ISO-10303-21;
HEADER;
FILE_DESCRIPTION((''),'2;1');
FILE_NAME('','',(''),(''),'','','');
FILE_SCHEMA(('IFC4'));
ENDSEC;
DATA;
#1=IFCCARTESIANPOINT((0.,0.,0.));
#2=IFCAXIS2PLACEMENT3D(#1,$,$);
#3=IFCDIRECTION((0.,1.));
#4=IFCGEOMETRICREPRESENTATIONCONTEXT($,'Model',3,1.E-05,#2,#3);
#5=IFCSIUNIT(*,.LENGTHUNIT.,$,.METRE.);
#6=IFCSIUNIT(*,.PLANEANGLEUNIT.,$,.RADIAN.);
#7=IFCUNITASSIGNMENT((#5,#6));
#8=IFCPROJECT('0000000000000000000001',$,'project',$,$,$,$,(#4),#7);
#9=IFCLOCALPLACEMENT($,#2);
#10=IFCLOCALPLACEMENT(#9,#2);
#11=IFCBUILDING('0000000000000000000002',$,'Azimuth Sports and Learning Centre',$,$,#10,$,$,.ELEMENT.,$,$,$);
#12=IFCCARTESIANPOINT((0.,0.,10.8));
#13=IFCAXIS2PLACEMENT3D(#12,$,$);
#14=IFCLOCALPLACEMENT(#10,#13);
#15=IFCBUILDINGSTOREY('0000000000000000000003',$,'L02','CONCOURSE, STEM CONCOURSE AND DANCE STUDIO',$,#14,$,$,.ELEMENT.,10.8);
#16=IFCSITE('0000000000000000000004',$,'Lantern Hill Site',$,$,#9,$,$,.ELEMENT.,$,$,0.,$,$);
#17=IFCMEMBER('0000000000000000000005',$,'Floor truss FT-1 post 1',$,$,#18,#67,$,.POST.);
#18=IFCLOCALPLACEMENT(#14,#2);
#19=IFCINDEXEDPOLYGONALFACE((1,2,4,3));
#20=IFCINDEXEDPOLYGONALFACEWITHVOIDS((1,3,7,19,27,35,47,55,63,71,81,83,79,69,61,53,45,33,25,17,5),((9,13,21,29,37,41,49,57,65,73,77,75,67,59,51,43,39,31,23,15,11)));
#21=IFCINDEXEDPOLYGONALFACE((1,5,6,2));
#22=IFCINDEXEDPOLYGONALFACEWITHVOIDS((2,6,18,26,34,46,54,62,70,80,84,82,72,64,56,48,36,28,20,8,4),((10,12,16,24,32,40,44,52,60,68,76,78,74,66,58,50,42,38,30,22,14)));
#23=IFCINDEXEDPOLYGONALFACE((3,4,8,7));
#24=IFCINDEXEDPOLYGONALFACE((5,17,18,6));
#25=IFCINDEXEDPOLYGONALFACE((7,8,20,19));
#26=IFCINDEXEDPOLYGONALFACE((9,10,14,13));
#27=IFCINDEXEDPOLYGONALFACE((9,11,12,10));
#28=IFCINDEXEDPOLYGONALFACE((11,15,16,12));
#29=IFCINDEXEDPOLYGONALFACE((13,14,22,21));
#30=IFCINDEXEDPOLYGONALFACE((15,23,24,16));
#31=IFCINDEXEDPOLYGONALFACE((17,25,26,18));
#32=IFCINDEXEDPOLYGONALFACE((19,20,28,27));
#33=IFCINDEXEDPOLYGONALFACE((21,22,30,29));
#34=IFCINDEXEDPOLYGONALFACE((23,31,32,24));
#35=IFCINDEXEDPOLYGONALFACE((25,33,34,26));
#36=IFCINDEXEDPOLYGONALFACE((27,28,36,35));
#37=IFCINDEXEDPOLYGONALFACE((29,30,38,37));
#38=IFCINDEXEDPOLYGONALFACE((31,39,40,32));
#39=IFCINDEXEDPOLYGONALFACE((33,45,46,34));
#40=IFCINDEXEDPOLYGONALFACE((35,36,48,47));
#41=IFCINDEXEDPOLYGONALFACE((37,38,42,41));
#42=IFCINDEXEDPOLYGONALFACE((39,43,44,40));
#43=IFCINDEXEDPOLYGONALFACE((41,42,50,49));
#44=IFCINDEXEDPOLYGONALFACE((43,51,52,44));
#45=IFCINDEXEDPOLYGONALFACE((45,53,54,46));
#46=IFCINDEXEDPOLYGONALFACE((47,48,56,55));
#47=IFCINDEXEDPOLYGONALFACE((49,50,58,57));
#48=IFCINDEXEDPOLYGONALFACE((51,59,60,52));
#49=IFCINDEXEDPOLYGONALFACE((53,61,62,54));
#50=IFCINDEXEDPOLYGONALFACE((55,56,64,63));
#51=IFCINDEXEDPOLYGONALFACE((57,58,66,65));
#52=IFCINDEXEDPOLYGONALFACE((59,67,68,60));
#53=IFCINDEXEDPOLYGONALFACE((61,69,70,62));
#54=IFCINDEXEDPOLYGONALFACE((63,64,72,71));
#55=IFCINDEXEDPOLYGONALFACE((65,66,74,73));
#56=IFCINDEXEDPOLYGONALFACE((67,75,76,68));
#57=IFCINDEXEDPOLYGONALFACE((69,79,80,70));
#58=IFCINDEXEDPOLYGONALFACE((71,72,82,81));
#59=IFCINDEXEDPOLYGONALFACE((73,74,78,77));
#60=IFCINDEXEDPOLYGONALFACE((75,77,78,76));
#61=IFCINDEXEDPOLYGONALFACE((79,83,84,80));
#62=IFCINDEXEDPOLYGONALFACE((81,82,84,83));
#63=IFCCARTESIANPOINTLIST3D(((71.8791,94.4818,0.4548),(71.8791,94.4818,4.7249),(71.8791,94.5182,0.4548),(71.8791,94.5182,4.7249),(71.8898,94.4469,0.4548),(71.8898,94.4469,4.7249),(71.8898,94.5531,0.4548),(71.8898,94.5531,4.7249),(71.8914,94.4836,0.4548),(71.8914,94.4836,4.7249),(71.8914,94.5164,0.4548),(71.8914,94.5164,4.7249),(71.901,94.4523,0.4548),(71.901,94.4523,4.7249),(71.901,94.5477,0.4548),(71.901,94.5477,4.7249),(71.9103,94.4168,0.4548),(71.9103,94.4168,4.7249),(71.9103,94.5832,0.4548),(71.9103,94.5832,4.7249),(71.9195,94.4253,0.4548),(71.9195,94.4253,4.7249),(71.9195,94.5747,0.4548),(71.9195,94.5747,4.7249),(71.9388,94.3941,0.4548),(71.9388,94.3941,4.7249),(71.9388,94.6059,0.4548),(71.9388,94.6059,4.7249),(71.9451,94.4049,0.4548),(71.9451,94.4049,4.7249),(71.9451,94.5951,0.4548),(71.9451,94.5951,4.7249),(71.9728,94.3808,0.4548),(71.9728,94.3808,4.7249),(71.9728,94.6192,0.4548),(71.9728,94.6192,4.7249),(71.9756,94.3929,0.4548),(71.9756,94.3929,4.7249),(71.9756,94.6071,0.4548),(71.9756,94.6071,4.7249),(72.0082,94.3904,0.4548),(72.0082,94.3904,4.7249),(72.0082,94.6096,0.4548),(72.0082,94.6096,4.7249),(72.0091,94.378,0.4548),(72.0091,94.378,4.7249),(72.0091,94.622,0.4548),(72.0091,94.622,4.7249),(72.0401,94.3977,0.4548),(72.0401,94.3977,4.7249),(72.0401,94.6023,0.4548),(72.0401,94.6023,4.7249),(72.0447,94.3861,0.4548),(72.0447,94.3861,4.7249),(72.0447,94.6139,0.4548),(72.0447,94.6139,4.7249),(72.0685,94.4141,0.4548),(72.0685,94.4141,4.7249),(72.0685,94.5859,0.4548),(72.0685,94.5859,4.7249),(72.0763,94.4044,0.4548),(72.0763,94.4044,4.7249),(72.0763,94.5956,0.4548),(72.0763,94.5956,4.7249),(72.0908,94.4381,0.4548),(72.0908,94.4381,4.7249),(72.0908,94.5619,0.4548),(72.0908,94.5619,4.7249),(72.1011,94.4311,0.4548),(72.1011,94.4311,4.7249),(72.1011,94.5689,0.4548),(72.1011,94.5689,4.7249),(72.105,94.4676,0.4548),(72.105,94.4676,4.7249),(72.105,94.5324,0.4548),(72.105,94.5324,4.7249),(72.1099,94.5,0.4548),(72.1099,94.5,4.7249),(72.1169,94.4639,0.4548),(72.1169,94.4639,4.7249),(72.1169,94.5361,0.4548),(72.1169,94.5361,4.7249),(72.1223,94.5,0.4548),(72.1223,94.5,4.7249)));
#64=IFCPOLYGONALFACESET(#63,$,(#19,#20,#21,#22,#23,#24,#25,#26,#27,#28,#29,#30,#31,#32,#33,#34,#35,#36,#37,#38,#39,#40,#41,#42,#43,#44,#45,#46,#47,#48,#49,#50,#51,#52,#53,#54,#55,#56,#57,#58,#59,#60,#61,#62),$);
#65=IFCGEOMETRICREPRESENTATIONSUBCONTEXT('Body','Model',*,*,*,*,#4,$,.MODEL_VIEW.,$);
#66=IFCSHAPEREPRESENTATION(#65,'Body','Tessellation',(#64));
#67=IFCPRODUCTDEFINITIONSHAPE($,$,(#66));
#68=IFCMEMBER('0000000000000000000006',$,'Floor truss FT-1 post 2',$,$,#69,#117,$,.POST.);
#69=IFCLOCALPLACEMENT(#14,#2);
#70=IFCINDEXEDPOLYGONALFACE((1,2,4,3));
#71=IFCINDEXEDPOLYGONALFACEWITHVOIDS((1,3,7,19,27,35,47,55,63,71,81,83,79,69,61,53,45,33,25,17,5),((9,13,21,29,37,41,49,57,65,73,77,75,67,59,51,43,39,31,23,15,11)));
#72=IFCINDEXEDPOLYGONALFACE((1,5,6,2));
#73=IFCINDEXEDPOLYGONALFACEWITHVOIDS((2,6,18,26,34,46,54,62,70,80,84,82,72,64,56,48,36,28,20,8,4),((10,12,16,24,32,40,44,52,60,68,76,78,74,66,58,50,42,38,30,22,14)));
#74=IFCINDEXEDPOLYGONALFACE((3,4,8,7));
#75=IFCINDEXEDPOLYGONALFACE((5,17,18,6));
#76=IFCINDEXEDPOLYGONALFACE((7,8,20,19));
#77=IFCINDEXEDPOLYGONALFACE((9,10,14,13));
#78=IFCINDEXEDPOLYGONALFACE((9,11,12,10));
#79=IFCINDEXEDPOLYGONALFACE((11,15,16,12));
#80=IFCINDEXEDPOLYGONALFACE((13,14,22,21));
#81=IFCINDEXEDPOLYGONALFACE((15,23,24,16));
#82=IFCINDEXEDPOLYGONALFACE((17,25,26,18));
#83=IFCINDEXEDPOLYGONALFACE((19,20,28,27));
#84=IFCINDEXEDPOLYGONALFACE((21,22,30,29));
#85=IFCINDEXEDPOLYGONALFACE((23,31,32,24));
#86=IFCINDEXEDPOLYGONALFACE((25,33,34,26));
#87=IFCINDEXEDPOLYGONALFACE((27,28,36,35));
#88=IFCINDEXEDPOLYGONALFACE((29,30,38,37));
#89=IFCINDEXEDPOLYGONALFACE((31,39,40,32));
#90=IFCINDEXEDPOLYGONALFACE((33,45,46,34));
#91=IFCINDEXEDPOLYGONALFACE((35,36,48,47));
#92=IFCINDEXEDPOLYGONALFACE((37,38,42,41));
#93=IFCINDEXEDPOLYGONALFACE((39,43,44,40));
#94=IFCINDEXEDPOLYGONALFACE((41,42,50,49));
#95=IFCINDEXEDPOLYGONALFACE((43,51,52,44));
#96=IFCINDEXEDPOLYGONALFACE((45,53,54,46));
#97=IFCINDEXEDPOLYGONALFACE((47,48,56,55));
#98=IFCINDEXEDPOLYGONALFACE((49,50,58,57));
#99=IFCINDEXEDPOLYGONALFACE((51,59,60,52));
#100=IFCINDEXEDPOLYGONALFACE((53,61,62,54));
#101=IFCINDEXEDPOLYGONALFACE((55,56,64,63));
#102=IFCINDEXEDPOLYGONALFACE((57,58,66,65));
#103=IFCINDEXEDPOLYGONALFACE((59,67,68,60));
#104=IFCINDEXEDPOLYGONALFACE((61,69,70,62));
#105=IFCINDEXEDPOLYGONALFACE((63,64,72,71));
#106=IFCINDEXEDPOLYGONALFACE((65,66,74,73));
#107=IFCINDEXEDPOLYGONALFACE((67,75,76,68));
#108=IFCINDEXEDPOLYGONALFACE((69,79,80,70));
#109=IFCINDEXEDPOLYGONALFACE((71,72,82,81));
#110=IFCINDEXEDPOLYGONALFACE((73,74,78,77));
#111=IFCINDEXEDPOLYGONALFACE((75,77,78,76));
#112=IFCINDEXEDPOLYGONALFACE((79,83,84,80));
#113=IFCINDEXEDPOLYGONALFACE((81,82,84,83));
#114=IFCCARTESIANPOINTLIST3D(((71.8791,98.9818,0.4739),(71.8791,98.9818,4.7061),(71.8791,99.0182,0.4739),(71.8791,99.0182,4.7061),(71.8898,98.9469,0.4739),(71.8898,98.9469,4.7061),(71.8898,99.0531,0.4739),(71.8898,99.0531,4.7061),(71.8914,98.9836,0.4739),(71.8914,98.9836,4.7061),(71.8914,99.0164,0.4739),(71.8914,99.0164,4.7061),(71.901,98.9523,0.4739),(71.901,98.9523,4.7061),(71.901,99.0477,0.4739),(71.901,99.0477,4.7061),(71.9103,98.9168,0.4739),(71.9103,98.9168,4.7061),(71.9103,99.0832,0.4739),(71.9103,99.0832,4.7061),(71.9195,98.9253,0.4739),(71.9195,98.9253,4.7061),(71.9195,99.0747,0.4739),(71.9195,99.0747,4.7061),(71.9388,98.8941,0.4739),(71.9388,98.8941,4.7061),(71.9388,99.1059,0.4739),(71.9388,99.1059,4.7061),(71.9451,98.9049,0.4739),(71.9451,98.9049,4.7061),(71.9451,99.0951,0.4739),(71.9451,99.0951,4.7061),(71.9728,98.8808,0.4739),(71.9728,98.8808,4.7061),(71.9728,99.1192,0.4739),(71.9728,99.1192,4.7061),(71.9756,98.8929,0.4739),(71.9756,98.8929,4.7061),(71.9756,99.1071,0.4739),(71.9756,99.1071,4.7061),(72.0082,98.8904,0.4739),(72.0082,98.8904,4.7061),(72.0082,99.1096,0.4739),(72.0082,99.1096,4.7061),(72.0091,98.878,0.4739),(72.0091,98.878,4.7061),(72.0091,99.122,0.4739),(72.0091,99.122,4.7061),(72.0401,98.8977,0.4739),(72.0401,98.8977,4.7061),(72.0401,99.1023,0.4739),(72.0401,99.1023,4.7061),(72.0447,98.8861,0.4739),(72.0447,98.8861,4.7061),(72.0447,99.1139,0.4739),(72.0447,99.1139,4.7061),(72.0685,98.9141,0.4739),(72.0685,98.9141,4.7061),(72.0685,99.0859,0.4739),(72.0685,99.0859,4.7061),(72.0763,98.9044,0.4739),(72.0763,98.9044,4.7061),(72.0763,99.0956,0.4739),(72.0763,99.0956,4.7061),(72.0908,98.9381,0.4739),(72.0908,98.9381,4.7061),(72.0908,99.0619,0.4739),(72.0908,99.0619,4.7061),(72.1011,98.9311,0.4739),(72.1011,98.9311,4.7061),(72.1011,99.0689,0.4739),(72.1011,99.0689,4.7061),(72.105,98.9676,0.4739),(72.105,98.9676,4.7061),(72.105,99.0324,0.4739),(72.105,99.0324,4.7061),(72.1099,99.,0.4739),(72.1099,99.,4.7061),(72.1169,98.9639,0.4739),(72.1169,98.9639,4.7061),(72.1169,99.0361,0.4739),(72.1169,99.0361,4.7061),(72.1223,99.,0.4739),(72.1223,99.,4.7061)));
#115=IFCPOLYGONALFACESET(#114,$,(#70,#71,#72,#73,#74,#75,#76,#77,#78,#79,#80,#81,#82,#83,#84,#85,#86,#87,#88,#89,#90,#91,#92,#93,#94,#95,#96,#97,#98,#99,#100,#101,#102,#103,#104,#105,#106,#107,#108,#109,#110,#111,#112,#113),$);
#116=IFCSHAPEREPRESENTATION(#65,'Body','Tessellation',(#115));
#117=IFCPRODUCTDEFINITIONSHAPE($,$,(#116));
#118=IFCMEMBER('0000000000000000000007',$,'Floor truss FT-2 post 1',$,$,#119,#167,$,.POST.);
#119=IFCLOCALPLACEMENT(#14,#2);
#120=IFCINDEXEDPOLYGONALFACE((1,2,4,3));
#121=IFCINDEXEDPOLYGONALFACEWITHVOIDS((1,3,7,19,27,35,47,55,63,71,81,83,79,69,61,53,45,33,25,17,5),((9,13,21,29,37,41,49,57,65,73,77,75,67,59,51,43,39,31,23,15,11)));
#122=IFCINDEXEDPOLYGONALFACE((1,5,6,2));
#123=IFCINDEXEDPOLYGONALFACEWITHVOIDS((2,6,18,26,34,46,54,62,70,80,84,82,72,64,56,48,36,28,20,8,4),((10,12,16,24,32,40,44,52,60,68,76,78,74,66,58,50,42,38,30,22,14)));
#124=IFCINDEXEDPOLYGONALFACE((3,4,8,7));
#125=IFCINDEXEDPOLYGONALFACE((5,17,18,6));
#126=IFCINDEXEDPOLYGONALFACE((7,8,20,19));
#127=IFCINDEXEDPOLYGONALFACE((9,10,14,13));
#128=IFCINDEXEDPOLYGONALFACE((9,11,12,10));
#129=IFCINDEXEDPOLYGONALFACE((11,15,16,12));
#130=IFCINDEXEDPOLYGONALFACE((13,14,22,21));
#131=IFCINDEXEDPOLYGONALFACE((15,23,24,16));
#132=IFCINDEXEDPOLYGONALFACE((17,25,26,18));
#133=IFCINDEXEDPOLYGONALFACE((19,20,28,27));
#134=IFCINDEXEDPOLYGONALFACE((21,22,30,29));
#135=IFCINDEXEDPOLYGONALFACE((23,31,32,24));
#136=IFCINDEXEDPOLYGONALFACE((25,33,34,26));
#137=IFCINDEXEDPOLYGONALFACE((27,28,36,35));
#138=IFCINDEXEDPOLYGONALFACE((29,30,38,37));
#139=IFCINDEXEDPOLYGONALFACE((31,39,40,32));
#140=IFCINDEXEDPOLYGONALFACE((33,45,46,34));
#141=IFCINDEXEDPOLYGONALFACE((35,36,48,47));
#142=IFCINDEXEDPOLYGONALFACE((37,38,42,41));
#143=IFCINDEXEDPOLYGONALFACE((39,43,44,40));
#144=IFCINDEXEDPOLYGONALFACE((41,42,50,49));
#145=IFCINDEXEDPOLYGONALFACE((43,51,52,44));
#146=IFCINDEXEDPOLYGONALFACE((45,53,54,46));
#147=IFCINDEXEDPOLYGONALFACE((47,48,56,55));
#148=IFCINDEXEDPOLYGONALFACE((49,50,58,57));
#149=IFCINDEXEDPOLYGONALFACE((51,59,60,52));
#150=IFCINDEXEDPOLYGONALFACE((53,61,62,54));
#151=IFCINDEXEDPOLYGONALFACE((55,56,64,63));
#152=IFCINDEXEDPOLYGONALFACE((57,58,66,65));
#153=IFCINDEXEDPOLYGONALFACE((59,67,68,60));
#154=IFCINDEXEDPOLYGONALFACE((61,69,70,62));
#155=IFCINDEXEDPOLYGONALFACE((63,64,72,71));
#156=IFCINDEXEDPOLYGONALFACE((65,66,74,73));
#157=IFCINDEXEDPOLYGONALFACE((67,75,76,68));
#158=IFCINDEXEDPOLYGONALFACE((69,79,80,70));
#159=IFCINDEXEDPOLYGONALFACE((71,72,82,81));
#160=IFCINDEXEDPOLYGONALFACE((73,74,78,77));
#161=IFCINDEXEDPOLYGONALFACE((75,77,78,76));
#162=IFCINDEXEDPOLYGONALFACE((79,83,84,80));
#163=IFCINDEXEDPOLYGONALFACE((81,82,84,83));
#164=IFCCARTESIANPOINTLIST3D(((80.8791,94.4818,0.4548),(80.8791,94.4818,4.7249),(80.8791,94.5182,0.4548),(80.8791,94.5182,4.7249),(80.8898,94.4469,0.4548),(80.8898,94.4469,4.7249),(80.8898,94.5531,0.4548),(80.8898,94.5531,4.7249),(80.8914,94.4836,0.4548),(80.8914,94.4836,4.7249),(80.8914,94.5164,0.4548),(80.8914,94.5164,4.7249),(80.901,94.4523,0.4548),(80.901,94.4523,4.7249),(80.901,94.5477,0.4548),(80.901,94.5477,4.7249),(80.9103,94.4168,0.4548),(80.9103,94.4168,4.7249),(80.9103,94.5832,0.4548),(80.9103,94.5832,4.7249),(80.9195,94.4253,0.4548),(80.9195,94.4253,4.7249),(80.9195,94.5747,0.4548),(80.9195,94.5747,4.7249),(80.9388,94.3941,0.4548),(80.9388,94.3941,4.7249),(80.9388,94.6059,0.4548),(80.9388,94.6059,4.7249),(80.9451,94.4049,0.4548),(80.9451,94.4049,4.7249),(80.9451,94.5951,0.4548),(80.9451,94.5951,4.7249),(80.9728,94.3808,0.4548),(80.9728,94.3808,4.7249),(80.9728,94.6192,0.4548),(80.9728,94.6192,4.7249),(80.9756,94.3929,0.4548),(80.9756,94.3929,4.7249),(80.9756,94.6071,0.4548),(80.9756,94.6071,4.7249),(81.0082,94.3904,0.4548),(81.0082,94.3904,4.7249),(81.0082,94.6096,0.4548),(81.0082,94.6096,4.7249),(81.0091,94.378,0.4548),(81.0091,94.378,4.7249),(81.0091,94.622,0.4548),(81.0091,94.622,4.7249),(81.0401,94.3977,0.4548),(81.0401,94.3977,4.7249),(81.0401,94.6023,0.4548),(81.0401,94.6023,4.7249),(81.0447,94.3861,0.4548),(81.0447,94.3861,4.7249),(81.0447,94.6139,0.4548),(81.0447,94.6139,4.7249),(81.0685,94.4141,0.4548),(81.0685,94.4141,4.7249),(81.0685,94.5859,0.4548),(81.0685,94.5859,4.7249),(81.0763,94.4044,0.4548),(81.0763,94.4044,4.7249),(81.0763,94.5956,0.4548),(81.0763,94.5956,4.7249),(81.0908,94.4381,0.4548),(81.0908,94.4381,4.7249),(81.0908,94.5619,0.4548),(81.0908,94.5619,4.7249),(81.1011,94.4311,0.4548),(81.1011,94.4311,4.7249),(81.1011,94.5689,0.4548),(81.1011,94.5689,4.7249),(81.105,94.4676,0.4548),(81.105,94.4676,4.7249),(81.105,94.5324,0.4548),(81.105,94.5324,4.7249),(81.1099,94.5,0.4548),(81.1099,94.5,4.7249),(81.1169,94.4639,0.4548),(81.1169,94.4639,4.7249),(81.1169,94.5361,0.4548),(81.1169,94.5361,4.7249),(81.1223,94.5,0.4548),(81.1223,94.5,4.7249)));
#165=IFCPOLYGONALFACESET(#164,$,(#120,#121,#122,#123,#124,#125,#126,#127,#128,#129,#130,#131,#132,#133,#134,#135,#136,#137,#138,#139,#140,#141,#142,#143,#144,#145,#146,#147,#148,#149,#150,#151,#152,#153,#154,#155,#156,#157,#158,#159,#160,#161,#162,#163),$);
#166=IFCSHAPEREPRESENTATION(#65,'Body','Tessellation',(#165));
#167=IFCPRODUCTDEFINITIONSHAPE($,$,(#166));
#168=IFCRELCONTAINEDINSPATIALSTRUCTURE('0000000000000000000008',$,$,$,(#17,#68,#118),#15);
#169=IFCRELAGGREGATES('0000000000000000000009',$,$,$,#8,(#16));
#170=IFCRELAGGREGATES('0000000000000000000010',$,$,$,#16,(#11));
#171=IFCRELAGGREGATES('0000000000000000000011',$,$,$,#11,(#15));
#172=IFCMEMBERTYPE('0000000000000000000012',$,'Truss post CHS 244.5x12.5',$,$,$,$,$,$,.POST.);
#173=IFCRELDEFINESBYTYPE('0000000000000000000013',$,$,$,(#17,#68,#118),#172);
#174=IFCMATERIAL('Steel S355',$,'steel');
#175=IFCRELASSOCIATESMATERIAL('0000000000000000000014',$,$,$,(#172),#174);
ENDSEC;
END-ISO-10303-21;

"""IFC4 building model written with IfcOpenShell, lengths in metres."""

from ifc_helpers import new_model, si_unit, direction, frame, origin, origin_2d, place, context, subcontext, project, spatial, hollow_circle, extrude, material, material_profile, profile_set, type_object, element, save


model = new_model("IFC4")

# Units and contexts
model_context = context("Model", 3, precision=1e-05, world=origin(), true_north=direction((0.0, 1.0)))
body_context = subcontext(model_context, "Body", "Model", "MODEL_VIEW")
ifc_project = project(units=[si_unit("LENGTHUNIT", "METRE"), si_unit("PLANEANGLEUNIT", "RADIAN")], contexts=[model_context])

# Site, building, storey
site_placement = place(None, origin())
site = spatial("IfcSite", under=ifc_project, at=site_placement, Name="Lantern Hill Site", CompositionType="ELEMENT", RefElevation=0.0)
building_placement = place(site_placement, origin())
building = spatial("IfcBuilding", under=site, at=building_placement, Name="Azimuth Sports and Learning Centre", CompositionType="ELEMENT")
storey_placement = place(building_placement, frame((0.0, 0.0, 10.8)))
storey = spatial("IfcBuildingStorey", under=building, at=storey_placement, Name="L02", Description="CONCOURSE, STEM CONCOURSE AND DANCE STUDIO", CompositionType="ELEMENT", Elevation=10.8)

# Members
ifc_material_1 = material(Name="Steel S355", Category="steel")
ifc_material_profile_1 = material_profile(ifc_material_1, hollow_circle(Radius=0.1223, WallThickness=0.0125, at=origin_2d()), Name="CHS 244.5x12.5")
ifc_profile_set_1 = profile_set([ifc_material_profile_1], Name="Steel S355")
member_type_1 = type_object("IfcMemberType", Name="Truss post CHS 244.5x12.5", PredefinedType="POST", material=ifc_profile_set_1)
member_1_placement = place(storey_placement, frame((72.0, 94.5, 0.4548), z_axis=(0.0, 0.0, 1.0), x_axis=(1.0, 0.0, 0.0)))
element("IfcMember", 1, at=member_1_placement, inside=storey, type_object=member_type_1, Name="Floor truss FT-1 post 1", PredefinedType="POST", context=body_context, shape_type="SweptSolid", body=[
    extrude(hollow_circle(Radius=0.1223, WallThickness=0.0125, at=origin_2d()), origin(), (0.0, 0.0, 1.0), 4.27),
])
member_2_placement = place(storey_placement, frame((72.0, 99.0, 0.4739), z_axis=(0.0, 0.0, 1.0), x_axis=(1.0, 0.0, 0.0)))
element("IfcMember", 2, at=member_2_placement, inside=storey, type_object=member_type_1, Name="Floor truss FT-1 post 2", PredefinedType="POST", context=body_context, shape_type="SweptSolid", body=[
    extrude(hollow_circle(Radius=0.1223, WallThickness=0.0125, at=origin_2d()), origin(), (0.0, 0.0, 1.0), 4.2322),
])
member_3_placement = place(storey_placement, frame((81.0, 94.5, 0.4548), z_axis=(0.0, 0.0, 1.0), x_axis=(1.0, 0.0, 0.0)))
element("IfcMember", 3, at=member_3_placement, inside=storey, type_object=member_type_1, Name="Floor truss FT-2 post 1", PredefinedType="POST", context=body_context, shape_type="SweptSolid", body=[
    extrude(hollow_circle(Radius=0.1223, WallThickness=0.0125, at=origin_2d()), origin(), (0.0, 0.0, 1.0), 4.27),
])

save(model, "model.ifc")
